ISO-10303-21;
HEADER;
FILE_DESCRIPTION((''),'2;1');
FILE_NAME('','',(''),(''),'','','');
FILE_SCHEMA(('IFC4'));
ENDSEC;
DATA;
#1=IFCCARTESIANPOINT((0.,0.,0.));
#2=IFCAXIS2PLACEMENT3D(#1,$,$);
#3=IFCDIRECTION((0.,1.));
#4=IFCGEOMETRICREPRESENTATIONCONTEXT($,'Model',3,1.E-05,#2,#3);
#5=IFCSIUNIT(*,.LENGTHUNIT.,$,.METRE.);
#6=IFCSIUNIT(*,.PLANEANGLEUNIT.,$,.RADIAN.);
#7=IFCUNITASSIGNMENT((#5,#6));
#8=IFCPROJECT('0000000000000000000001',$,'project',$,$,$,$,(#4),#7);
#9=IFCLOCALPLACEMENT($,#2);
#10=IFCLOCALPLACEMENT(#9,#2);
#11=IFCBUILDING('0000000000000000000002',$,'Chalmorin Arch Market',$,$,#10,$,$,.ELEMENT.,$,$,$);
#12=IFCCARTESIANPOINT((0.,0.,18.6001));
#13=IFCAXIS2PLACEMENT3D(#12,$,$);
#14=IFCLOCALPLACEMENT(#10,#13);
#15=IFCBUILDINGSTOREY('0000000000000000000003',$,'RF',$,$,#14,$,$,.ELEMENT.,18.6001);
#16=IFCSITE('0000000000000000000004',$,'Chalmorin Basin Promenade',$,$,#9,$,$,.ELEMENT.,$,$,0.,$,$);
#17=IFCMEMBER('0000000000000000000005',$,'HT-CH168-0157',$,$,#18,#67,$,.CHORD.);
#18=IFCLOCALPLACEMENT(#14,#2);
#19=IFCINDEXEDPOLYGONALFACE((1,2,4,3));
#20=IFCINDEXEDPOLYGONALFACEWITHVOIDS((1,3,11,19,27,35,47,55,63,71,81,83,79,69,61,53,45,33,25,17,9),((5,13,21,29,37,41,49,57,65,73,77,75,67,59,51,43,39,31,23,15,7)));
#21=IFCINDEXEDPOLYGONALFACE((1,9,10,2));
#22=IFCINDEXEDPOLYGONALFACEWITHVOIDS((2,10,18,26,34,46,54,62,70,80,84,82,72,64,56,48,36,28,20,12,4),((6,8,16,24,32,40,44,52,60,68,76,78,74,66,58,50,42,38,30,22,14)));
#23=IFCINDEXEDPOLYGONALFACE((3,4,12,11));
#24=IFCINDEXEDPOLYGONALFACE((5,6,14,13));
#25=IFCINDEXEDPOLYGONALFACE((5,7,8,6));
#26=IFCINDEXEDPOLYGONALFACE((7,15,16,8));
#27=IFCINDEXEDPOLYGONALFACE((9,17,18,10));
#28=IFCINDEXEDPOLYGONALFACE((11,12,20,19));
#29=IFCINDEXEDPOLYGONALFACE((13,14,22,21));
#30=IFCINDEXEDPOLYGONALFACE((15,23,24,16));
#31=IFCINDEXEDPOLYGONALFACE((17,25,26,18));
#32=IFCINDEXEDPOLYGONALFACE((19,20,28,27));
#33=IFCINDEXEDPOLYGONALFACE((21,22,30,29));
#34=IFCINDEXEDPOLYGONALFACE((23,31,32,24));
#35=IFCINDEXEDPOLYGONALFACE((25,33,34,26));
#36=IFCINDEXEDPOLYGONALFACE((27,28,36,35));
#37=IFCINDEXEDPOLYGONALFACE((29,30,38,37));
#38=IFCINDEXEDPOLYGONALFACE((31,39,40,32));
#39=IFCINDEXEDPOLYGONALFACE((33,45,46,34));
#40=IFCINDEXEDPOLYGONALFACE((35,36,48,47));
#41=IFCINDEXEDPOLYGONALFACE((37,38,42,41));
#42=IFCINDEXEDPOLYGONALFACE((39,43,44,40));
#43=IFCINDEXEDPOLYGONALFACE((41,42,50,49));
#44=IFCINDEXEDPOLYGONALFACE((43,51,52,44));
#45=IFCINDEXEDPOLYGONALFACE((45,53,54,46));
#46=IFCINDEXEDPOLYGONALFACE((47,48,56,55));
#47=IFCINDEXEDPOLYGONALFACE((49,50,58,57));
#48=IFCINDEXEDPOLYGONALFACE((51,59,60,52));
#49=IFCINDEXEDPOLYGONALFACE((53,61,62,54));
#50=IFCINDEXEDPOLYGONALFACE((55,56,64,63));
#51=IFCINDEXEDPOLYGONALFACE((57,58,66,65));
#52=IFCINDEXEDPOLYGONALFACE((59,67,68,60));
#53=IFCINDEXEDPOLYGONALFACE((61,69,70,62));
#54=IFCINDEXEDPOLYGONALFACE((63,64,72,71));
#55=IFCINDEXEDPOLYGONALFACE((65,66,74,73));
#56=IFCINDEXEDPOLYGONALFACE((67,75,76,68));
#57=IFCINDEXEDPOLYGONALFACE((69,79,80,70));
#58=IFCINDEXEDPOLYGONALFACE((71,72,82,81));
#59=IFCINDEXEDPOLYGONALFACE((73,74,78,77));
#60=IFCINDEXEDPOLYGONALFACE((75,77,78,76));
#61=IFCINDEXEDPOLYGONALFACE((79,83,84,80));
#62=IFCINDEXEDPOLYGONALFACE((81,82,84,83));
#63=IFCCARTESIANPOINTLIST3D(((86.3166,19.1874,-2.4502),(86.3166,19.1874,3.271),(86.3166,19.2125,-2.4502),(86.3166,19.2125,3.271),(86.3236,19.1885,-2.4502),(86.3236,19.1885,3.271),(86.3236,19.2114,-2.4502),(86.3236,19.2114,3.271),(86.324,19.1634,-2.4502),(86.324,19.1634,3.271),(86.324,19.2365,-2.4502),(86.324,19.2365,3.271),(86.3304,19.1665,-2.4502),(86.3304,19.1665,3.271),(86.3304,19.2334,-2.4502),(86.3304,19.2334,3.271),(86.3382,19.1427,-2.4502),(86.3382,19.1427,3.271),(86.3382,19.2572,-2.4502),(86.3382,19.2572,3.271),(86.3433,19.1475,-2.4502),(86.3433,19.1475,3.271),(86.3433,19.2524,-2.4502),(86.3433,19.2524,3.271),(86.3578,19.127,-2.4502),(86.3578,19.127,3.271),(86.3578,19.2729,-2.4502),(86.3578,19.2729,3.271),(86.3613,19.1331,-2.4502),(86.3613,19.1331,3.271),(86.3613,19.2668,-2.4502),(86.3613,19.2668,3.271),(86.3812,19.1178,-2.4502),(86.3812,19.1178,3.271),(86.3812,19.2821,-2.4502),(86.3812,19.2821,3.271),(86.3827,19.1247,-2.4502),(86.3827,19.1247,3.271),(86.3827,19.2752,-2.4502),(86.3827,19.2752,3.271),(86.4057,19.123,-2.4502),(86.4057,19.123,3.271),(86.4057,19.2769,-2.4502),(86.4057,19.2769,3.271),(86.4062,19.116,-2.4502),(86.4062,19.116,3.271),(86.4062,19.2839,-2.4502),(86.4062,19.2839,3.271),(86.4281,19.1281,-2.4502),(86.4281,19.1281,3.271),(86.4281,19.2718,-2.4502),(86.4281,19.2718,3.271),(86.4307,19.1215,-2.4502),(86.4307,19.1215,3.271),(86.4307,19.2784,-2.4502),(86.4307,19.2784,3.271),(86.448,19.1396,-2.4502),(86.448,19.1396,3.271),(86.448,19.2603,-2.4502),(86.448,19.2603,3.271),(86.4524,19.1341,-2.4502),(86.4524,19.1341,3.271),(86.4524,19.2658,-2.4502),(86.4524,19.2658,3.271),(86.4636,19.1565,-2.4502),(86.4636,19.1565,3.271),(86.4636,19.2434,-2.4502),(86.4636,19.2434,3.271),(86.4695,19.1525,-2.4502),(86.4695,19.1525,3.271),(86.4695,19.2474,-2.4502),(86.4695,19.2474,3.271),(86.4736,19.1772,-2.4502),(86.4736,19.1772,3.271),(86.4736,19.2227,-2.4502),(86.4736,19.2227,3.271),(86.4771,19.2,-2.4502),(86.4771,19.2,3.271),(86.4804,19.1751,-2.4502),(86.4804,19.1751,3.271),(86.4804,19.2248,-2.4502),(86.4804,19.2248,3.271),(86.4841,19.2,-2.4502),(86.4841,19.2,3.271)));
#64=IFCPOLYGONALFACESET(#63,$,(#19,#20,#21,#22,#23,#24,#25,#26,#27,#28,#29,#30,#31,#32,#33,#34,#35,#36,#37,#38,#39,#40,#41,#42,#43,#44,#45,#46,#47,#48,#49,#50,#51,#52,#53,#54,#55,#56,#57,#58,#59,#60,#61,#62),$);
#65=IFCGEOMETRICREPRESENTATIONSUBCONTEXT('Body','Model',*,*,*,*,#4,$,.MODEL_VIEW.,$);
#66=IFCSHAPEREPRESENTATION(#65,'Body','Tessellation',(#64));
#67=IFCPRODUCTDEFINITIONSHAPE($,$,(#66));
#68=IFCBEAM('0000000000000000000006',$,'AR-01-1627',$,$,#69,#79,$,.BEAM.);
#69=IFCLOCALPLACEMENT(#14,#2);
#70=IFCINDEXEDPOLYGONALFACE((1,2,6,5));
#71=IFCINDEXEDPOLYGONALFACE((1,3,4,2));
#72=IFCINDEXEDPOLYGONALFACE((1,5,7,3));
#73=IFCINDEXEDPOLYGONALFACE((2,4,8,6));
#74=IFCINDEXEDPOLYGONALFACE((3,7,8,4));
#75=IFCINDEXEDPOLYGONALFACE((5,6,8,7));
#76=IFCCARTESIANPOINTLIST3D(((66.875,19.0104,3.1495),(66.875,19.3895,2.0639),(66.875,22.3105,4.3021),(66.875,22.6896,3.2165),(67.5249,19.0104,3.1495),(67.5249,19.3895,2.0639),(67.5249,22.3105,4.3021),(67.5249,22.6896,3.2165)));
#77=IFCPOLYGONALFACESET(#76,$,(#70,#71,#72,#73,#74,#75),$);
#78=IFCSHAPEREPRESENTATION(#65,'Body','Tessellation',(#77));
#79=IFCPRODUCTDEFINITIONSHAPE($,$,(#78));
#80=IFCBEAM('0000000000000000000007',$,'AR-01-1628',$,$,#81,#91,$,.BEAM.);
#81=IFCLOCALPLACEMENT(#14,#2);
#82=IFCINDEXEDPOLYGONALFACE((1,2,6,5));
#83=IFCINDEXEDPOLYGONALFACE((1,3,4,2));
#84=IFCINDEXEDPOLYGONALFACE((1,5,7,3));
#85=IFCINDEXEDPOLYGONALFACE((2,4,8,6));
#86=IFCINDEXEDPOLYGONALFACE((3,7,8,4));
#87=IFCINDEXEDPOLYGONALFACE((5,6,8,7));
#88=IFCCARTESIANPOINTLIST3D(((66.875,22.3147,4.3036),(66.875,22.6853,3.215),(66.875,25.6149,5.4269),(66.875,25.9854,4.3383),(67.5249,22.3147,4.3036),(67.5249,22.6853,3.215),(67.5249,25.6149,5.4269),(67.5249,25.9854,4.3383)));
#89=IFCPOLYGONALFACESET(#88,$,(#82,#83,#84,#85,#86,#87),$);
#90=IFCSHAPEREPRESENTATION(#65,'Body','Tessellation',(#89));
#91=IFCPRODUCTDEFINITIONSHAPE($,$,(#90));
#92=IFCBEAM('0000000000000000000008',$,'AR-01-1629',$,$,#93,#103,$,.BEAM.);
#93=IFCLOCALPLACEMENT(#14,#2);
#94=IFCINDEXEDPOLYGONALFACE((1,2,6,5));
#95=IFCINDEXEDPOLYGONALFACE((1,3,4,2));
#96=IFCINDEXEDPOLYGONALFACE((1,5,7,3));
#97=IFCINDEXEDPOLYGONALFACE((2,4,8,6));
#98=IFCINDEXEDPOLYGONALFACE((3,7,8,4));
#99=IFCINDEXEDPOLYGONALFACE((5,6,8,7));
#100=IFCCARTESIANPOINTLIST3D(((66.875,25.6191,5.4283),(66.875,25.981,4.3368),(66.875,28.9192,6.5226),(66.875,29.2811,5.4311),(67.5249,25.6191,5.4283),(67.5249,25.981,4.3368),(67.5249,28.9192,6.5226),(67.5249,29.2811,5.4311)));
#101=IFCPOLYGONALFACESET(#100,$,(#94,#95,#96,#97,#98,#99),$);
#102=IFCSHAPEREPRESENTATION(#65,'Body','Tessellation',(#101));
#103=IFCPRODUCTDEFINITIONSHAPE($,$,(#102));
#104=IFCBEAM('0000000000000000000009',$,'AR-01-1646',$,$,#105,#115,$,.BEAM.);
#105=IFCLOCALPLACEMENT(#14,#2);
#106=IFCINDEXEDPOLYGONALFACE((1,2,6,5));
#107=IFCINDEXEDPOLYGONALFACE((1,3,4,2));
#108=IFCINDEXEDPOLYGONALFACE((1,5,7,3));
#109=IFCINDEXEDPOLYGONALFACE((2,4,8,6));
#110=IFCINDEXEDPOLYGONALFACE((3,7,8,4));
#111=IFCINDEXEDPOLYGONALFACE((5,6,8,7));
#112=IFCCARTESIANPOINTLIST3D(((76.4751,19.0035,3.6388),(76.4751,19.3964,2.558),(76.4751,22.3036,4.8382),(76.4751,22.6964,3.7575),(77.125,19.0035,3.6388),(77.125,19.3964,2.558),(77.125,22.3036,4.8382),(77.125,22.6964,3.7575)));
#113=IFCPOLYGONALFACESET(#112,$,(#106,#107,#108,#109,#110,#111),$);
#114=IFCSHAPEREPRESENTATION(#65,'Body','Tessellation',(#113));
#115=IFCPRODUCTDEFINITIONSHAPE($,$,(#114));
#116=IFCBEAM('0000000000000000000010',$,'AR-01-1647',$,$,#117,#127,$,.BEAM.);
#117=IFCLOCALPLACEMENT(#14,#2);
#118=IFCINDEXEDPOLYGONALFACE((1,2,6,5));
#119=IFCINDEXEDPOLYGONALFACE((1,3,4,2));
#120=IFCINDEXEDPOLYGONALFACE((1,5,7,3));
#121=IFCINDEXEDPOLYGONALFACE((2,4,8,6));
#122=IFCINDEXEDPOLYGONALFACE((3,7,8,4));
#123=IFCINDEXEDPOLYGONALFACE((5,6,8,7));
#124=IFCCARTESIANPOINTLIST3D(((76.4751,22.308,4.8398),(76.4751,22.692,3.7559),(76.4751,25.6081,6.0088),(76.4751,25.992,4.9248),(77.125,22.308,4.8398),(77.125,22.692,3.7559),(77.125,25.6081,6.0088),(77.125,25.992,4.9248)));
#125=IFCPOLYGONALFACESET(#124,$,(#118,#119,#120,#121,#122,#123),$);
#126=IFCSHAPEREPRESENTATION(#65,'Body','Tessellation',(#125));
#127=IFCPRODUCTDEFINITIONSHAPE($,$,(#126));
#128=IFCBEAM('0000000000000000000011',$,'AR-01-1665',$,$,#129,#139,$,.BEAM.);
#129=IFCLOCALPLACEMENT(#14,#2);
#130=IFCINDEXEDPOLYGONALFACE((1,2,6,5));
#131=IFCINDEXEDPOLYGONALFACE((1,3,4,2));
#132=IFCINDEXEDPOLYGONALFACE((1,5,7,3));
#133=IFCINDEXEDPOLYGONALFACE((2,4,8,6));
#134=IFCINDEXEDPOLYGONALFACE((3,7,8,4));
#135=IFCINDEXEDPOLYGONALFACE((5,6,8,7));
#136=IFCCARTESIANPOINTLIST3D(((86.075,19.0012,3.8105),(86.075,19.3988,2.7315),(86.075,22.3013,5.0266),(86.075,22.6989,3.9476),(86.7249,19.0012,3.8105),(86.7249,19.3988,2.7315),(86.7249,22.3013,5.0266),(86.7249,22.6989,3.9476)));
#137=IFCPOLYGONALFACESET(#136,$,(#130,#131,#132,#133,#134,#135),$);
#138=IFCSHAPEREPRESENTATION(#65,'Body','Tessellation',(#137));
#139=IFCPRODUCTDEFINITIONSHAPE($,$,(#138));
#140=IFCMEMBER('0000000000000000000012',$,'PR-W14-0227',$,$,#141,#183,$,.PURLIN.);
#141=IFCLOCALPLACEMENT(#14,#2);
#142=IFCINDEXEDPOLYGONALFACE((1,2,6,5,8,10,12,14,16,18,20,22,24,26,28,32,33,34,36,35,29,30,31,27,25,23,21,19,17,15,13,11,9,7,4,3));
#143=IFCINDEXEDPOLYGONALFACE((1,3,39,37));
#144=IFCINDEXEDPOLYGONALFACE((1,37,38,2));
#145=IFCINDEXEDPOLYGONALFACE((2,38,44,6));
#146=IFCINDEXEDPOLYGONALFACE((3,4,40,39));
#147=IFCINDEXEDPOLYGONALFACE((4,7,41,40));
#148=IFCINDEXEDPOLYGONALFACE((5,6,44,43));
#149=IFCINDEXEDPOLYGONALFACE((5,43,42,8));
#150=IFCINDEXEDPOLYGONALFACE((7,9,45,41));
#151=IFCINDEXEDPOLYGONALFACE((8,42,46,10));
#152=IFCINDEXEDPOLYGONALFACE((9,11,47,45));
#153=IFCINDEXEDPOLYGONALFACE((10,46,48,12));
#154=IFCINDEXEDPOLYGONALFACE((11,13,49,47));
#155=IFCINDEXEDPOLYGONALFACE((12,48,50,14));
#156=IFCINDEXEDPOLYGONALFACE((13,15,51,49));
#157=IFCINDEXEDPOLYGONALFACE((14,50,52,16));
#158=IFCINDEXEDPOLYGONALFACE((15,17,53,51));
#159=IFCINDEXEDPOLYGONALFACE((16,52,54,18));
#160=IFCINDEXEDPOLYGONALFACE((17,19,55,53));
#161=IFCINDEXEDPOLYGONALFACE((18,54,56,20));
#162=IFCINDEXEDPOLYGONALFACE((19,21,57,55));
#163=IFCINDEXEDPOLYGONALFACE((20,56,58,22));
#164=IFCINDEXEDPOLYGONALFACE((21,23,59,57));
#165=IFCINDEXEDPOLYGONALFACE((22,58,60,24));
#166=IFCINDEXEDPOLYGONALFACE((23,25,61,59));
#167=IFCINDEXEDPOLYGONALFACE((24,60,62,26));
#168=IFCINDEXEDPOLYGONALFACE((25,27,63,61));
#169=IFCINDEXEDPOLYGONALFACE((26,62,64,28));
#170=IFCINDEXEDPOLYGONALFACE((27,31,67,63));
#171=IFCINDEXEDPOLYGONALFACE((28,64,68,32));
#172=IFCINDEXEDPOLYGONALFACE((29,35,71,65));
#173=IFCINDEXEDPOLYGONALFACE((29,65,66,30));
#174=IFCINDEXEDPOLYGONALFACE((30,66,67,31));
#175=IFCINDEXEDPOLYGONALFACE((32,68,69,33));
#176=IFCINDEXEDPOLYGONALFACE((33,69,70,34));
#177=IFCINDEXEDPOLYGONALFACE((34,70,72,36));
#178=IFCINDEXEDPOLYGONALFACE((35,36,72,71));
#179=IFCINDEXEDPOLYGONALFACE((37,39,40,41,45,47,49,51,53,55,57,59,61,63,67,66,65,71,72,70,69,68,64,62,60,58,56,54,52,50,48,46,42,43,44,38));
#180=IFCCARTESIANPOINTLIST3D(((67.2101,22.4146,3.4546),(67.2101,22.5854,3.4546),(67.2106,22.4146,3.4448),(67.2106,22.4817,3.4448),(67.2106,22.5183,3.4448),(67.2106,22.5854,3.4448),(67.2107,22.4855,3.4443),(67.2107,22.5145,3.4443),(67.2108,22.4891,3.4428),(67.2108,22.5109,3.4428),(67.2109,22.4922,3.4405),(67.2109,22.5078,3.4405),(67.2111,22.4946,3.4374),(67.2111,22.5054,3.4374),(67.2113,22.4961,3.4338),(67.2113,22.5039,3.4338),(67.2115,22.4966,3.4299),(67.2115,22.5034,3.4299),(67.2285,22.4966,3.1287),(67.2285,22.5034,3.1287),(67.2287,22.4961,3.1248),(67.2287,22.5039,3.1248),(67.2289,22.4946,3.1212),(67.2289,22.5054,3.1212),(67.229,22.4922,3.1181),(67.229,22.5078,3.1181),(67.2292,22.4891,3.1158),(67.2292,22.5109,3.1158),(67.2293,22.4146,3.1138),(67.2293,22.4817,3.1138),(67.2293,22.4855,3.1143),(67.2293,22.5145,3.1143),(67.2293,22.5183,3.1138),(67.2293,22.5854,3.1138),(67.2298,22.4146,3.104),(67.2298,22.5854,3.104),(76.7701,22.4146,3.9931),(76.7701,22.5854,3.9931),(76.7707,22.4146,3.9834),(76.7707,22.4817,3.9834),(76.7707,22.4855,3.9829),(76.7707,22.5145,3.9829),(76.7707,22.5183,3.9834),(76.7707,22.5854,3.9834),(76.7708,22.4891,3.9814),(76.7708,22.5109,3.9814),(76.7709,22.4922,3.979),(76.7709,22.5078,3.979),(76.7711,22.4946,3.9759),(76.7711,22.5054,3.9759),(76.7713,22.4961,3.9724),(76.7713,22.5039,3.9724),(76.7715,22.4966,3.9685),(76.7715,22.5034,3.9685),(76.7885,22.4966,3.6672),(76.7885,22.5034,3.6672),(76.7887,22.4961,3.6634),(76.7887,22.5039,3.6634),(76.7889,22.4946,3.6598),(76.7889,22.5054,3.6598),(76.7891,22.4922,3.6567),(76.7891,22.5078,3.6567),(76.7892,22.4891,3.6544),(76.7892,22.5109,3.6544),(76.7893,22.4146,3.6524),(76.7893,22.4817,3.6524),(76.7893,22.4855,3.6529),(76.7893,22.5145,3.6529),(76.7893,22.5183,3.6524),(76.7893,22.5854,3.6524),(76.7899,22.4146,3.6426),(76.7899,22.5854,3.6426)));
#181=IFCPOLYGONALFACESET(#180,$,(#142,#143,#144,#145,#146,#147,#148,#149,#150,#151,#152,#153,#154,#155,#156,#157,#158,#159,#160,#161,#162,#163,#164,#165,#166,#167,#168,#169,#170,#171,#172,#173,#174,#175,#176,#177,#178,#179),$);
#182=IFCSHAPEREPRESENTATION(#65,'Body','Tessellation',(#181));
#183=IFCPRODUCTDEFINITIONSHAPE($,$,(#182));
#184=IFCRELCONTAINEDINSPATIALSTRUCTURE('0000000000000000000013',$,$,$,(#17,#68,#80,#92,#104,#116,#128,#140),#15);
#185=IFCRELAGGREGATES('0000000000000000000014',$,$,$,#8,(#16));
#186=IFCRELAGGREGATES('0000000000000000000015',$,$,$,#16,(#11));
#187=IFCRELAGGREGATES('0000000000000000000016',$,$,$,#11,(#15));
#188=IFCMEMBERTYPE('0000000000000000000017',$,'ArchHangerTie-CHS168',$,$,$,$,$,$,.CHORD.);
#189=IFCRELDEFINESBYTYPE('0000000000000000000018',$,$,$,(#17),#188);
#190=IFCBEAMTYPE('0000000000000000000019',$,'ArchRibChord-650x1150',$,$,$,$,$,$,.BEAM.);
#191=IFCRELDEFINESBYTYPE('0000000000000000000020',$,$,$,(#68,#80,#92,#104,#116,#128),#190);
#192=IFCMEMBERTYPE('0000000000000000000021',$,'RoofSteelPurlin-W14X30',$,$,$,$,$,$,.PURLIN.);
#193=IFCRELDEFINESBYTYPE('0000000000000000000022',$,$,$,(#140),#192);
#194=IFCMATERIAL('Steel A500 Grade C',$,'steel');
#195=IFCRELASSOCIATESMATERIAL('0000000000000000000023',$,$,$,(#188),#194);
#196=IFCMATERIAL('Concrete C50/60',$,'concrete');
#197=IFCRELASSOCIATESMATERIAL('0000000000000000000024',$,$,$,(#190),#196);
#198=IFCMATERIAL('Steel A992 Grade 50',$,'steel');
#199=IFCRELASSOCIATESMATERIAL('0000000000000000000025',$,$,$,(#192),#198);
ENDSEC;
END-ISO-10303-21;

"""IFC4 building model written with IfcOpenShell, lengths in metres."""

from ifc_helpers import new_model, si_unit, direction, frame, origin, origin_2d, place, context, subcontext, project, spatial, rectangle, hollow_circle, i_section, extrude, material, material_profile, profile_set, type_object, element, save


model = new_model("IFC4")

# Units and contexts
model_context = context("Model", 3, precision=1e-05, world=origin(), true_north=direction((0.0, 1.0)))
body_context = subcontext(model_context, "Body", "Model", "MODEL_VIEW")
ifc_project = project(units=[si_unit("LENGTHUNIT", "METRE"), si_unit("PLANEANGLEUNIT", "RADIAN")], contexts=[model_context])

# Site, building, storey
site_placement = place(None, origin())
site = spatial("IfcSite", under=ifc_project, at=site_placement, Name="Chalmorin Basin Promenade", CompositionType="ELEMENT", RefElevation=0.0)
building_placement = place(site_placement, origin())
building = spatial("IfcBuilding", under=site, at=building_placement, Name="Chalmorin Arch Market", CompositionType="ELEMENT")
storey_placement = place(building_placement, frame((0.0, 0.0, 18.6001)))
storey = spatial("IfcBuildingStorey", under=building, at=storey_placement, Name="RF", CompositionType="ELEMENT", Elevation=18.6001)

# Member
ifc_material_1 = material(Name="Steel A500 Grade C", Category="steel")
ifc_material_profile_1 = material_profile(ifc_material_1, hollow_circle(Radius=0.0842, WallThickness=0.0071, at=origin_2d()), Name="CHS168X7")
ifc_profile_set_1 = profile_set([ifc_material_profile_1], Name="Steel A500 Grade C")
member_type_1 = type_object("IfcMemberType", Name="ArchHangerTie-CHS168", PredefinedType="CHORD", material=ifc_profile_set_1)
member_1_placement = place(storey_placement, frame((86.3999, 19.2, -2.4502), z_axis=(0.0, 0.0, 1.0), x_axis=(1.0, 0.0, 0.0)))
element("IfcMember", 1, at=member_1_placement, inside=storey, type_object=member_type_1, Name="HT-CH168-0157", PredefinedType="CHORD", context=body_context, shape_type="SweptSolid", body=[
    extrude(hollow_circle(Radius=0.0842, WallThickness=0.0071, at=origin_2d()), origin(), (0.0, 0.0, 1.0), 5.7212),
])

# Beams
ifc_material_2 = material(Name="Concrete C50/60", Category="concrete")
ifc_material_profile_2 = material_profile(ifc_material_2, rectangle(XDim=0.6499, YDim=1.1499, at=origin_2d()), Name="RC650X1150")
ifc_profile_set_2 = profile_set([ifc_material_profile_2], Name="Concrete C50/60")
beam_type = type_object("IfcBeamType", Name="ArchRibChord-650x1150", PredefinedType="BEAM", material=ifc_profile_set_2)
beam_1_placement = place(storey_placement, frame((67.2, 19.2, 2.6067), z_axis=(0.0, 0.944075, 0.329731), x_axis=(-1.0, 0.0, 0.0)))
element("IfcBeam", 2, at=beam_1_placement, inside=storey, type_object=beam_type, Name="AR-01-1627", PredefinedType="BEAM", context=body_context, shape_type="SweptSolid", body=[
    extrude(rectangle(XDim=0.6499, YDim=1.1499, at=origin_2d()), origin(), (0.0, 0.0, 1.0), 3.4956),
])
beam_2_placement = place(storey_placement, frame((67.2, 22.5, 3.7593), z_axis=(0.0, 0.946661, 0.32223), x_axis=(-1.0, 0.0, 0.0)))
element("IfcBeam", 3, at=beam_2_placement, inside=storey, type_object=beam_type, Name="AR-01-1628", PredefinedType="BEAM", context=body_context, shape_type="SweptSolid", body=[
    extrude(rectangle(XDim=0.6499, YDim=1.1499, at=origin_2d()), origin(), (0.0, 0.0, 1.0), 3.4861),
])
beam_3_placement = place(storey_placement, frame((67.2, 25.8, 4.8826), z_axis=(0.0, 0.949181, 0.314732), x_axis=(-1.0, 0.0, 0.0)))
element("IfcBeam", 4, at=beam_3_placement, inside=storey, type_object=beam_type, Name="AR-01-1629", PredefinedType="BEAM", context=body_context, shape_type="SweptSolid", body=[
    extrude(rectangle(XDim=0.6499, YDim=1.1499, at=origin_2d()), origin(), (0.0, 0.0, 1.0), 3.4768),
])
beam_4_placement = place(storey_placement, frame((76.8, 19.2, 3.0984), z_axis=(0.0, 0.939844, 0.341603), x_axis=(-1.0, 0.0, 0.0)))
element("IfcBeam", 5, at=beam_4_placement, inside=storey, type_object=beam_type, Name="AR-01-1646", PredefinedType="BEAM", context=body_context, shape_type="SweptSolid", body=[
    extrude(rectangle(XDim=0.6499, YDim=1.1499, at=origin_2d()), origin(), (0.0, 0.0, 1.0), 3.5112),
])
beam_5_placement = place(storey_placement, frame((76.8, 22.5, 4.2979), z_axis=(0.0, 0.942611, 0.333892), x_axis=(-1.0, 0.0, 0.0)))
element("IfcBeam", 6, at=beam_5_placement, inside=storey, type_object=beam_type, Name="AR-01-1647", PredefinedType="BEAM", context=body_context, shape_type="SweptSolid", body=[
    extrude(rectangle(XDim=0.6499, YDim=1.1499, at=origin_2d()), origin(), (0.0, 0.0, 1.0), 3.501),
])
beam_6_placement = place(storey_placement, frame((86.3999, 19.2, 3.271), z_axis=(0.0, 0.938319, 0.34577), x_axis=(-1.0, 0.0, 0.0)))
element("IfcBeam", 7, at=beam_6_placement, inside=storey, type_object=beam_type, Name="AR-01-1665", PredefinedType="BEAM", context=body_context, shape_type="SweptSolid", body=[
    extrude(rectangle(XDim=0.6499, YDim=1.1499, at=origin_2d()), origin(), (0.0, 0.0, 1.0), 3.5171),
])

# Member
ifc_material_3 = material(Name="Steel A992 Grade 50", Category="steel")
ifc_material_profile_3 = material_profile(ifc_material_3, i_section(OverallWidth=0.1709, OverallDepth=0.3511, WebThickness=0.0068, FlangeThickness=0.0098, FilletRadius=0.0149, at=origin_2d()), Name="W14X30")
ifc_profile_set_3 = profile_set([ifc_material_profile_3], Name="Steel A992 Grade 50")
member_type_2 = type_object("IfcMemberType", Name="RoofSteelPurlin-W14X30", PredefinedType="PURLIN", material=ifc_profile_set_3)
member_2_placement = place(storey_placement, frame((67.22, 22.5, 3.2793), z_axis=(0.998417, 0.0, 0.056247), x_axis=(0.0, 1.0, 0.0)))
element("IfcMember", 8, at=member_2_placement, inside=storey, type_object=member_type_2, Name="PR-W14-0227", PredefinedType="PURLIN", context=body_context, shape_type="SweptSolid", body=[
    extrude(i_section(OverallWidth=0.1709, OverallDepth=0.3511, WebThickness=0.0068, FlangeThickness=0.0098, FilletRadius=0.0149, at=origin_2d()), origin(), (0.0, 0.0, 1.0), 9.5752),
])

save(model, "model.ifc")
